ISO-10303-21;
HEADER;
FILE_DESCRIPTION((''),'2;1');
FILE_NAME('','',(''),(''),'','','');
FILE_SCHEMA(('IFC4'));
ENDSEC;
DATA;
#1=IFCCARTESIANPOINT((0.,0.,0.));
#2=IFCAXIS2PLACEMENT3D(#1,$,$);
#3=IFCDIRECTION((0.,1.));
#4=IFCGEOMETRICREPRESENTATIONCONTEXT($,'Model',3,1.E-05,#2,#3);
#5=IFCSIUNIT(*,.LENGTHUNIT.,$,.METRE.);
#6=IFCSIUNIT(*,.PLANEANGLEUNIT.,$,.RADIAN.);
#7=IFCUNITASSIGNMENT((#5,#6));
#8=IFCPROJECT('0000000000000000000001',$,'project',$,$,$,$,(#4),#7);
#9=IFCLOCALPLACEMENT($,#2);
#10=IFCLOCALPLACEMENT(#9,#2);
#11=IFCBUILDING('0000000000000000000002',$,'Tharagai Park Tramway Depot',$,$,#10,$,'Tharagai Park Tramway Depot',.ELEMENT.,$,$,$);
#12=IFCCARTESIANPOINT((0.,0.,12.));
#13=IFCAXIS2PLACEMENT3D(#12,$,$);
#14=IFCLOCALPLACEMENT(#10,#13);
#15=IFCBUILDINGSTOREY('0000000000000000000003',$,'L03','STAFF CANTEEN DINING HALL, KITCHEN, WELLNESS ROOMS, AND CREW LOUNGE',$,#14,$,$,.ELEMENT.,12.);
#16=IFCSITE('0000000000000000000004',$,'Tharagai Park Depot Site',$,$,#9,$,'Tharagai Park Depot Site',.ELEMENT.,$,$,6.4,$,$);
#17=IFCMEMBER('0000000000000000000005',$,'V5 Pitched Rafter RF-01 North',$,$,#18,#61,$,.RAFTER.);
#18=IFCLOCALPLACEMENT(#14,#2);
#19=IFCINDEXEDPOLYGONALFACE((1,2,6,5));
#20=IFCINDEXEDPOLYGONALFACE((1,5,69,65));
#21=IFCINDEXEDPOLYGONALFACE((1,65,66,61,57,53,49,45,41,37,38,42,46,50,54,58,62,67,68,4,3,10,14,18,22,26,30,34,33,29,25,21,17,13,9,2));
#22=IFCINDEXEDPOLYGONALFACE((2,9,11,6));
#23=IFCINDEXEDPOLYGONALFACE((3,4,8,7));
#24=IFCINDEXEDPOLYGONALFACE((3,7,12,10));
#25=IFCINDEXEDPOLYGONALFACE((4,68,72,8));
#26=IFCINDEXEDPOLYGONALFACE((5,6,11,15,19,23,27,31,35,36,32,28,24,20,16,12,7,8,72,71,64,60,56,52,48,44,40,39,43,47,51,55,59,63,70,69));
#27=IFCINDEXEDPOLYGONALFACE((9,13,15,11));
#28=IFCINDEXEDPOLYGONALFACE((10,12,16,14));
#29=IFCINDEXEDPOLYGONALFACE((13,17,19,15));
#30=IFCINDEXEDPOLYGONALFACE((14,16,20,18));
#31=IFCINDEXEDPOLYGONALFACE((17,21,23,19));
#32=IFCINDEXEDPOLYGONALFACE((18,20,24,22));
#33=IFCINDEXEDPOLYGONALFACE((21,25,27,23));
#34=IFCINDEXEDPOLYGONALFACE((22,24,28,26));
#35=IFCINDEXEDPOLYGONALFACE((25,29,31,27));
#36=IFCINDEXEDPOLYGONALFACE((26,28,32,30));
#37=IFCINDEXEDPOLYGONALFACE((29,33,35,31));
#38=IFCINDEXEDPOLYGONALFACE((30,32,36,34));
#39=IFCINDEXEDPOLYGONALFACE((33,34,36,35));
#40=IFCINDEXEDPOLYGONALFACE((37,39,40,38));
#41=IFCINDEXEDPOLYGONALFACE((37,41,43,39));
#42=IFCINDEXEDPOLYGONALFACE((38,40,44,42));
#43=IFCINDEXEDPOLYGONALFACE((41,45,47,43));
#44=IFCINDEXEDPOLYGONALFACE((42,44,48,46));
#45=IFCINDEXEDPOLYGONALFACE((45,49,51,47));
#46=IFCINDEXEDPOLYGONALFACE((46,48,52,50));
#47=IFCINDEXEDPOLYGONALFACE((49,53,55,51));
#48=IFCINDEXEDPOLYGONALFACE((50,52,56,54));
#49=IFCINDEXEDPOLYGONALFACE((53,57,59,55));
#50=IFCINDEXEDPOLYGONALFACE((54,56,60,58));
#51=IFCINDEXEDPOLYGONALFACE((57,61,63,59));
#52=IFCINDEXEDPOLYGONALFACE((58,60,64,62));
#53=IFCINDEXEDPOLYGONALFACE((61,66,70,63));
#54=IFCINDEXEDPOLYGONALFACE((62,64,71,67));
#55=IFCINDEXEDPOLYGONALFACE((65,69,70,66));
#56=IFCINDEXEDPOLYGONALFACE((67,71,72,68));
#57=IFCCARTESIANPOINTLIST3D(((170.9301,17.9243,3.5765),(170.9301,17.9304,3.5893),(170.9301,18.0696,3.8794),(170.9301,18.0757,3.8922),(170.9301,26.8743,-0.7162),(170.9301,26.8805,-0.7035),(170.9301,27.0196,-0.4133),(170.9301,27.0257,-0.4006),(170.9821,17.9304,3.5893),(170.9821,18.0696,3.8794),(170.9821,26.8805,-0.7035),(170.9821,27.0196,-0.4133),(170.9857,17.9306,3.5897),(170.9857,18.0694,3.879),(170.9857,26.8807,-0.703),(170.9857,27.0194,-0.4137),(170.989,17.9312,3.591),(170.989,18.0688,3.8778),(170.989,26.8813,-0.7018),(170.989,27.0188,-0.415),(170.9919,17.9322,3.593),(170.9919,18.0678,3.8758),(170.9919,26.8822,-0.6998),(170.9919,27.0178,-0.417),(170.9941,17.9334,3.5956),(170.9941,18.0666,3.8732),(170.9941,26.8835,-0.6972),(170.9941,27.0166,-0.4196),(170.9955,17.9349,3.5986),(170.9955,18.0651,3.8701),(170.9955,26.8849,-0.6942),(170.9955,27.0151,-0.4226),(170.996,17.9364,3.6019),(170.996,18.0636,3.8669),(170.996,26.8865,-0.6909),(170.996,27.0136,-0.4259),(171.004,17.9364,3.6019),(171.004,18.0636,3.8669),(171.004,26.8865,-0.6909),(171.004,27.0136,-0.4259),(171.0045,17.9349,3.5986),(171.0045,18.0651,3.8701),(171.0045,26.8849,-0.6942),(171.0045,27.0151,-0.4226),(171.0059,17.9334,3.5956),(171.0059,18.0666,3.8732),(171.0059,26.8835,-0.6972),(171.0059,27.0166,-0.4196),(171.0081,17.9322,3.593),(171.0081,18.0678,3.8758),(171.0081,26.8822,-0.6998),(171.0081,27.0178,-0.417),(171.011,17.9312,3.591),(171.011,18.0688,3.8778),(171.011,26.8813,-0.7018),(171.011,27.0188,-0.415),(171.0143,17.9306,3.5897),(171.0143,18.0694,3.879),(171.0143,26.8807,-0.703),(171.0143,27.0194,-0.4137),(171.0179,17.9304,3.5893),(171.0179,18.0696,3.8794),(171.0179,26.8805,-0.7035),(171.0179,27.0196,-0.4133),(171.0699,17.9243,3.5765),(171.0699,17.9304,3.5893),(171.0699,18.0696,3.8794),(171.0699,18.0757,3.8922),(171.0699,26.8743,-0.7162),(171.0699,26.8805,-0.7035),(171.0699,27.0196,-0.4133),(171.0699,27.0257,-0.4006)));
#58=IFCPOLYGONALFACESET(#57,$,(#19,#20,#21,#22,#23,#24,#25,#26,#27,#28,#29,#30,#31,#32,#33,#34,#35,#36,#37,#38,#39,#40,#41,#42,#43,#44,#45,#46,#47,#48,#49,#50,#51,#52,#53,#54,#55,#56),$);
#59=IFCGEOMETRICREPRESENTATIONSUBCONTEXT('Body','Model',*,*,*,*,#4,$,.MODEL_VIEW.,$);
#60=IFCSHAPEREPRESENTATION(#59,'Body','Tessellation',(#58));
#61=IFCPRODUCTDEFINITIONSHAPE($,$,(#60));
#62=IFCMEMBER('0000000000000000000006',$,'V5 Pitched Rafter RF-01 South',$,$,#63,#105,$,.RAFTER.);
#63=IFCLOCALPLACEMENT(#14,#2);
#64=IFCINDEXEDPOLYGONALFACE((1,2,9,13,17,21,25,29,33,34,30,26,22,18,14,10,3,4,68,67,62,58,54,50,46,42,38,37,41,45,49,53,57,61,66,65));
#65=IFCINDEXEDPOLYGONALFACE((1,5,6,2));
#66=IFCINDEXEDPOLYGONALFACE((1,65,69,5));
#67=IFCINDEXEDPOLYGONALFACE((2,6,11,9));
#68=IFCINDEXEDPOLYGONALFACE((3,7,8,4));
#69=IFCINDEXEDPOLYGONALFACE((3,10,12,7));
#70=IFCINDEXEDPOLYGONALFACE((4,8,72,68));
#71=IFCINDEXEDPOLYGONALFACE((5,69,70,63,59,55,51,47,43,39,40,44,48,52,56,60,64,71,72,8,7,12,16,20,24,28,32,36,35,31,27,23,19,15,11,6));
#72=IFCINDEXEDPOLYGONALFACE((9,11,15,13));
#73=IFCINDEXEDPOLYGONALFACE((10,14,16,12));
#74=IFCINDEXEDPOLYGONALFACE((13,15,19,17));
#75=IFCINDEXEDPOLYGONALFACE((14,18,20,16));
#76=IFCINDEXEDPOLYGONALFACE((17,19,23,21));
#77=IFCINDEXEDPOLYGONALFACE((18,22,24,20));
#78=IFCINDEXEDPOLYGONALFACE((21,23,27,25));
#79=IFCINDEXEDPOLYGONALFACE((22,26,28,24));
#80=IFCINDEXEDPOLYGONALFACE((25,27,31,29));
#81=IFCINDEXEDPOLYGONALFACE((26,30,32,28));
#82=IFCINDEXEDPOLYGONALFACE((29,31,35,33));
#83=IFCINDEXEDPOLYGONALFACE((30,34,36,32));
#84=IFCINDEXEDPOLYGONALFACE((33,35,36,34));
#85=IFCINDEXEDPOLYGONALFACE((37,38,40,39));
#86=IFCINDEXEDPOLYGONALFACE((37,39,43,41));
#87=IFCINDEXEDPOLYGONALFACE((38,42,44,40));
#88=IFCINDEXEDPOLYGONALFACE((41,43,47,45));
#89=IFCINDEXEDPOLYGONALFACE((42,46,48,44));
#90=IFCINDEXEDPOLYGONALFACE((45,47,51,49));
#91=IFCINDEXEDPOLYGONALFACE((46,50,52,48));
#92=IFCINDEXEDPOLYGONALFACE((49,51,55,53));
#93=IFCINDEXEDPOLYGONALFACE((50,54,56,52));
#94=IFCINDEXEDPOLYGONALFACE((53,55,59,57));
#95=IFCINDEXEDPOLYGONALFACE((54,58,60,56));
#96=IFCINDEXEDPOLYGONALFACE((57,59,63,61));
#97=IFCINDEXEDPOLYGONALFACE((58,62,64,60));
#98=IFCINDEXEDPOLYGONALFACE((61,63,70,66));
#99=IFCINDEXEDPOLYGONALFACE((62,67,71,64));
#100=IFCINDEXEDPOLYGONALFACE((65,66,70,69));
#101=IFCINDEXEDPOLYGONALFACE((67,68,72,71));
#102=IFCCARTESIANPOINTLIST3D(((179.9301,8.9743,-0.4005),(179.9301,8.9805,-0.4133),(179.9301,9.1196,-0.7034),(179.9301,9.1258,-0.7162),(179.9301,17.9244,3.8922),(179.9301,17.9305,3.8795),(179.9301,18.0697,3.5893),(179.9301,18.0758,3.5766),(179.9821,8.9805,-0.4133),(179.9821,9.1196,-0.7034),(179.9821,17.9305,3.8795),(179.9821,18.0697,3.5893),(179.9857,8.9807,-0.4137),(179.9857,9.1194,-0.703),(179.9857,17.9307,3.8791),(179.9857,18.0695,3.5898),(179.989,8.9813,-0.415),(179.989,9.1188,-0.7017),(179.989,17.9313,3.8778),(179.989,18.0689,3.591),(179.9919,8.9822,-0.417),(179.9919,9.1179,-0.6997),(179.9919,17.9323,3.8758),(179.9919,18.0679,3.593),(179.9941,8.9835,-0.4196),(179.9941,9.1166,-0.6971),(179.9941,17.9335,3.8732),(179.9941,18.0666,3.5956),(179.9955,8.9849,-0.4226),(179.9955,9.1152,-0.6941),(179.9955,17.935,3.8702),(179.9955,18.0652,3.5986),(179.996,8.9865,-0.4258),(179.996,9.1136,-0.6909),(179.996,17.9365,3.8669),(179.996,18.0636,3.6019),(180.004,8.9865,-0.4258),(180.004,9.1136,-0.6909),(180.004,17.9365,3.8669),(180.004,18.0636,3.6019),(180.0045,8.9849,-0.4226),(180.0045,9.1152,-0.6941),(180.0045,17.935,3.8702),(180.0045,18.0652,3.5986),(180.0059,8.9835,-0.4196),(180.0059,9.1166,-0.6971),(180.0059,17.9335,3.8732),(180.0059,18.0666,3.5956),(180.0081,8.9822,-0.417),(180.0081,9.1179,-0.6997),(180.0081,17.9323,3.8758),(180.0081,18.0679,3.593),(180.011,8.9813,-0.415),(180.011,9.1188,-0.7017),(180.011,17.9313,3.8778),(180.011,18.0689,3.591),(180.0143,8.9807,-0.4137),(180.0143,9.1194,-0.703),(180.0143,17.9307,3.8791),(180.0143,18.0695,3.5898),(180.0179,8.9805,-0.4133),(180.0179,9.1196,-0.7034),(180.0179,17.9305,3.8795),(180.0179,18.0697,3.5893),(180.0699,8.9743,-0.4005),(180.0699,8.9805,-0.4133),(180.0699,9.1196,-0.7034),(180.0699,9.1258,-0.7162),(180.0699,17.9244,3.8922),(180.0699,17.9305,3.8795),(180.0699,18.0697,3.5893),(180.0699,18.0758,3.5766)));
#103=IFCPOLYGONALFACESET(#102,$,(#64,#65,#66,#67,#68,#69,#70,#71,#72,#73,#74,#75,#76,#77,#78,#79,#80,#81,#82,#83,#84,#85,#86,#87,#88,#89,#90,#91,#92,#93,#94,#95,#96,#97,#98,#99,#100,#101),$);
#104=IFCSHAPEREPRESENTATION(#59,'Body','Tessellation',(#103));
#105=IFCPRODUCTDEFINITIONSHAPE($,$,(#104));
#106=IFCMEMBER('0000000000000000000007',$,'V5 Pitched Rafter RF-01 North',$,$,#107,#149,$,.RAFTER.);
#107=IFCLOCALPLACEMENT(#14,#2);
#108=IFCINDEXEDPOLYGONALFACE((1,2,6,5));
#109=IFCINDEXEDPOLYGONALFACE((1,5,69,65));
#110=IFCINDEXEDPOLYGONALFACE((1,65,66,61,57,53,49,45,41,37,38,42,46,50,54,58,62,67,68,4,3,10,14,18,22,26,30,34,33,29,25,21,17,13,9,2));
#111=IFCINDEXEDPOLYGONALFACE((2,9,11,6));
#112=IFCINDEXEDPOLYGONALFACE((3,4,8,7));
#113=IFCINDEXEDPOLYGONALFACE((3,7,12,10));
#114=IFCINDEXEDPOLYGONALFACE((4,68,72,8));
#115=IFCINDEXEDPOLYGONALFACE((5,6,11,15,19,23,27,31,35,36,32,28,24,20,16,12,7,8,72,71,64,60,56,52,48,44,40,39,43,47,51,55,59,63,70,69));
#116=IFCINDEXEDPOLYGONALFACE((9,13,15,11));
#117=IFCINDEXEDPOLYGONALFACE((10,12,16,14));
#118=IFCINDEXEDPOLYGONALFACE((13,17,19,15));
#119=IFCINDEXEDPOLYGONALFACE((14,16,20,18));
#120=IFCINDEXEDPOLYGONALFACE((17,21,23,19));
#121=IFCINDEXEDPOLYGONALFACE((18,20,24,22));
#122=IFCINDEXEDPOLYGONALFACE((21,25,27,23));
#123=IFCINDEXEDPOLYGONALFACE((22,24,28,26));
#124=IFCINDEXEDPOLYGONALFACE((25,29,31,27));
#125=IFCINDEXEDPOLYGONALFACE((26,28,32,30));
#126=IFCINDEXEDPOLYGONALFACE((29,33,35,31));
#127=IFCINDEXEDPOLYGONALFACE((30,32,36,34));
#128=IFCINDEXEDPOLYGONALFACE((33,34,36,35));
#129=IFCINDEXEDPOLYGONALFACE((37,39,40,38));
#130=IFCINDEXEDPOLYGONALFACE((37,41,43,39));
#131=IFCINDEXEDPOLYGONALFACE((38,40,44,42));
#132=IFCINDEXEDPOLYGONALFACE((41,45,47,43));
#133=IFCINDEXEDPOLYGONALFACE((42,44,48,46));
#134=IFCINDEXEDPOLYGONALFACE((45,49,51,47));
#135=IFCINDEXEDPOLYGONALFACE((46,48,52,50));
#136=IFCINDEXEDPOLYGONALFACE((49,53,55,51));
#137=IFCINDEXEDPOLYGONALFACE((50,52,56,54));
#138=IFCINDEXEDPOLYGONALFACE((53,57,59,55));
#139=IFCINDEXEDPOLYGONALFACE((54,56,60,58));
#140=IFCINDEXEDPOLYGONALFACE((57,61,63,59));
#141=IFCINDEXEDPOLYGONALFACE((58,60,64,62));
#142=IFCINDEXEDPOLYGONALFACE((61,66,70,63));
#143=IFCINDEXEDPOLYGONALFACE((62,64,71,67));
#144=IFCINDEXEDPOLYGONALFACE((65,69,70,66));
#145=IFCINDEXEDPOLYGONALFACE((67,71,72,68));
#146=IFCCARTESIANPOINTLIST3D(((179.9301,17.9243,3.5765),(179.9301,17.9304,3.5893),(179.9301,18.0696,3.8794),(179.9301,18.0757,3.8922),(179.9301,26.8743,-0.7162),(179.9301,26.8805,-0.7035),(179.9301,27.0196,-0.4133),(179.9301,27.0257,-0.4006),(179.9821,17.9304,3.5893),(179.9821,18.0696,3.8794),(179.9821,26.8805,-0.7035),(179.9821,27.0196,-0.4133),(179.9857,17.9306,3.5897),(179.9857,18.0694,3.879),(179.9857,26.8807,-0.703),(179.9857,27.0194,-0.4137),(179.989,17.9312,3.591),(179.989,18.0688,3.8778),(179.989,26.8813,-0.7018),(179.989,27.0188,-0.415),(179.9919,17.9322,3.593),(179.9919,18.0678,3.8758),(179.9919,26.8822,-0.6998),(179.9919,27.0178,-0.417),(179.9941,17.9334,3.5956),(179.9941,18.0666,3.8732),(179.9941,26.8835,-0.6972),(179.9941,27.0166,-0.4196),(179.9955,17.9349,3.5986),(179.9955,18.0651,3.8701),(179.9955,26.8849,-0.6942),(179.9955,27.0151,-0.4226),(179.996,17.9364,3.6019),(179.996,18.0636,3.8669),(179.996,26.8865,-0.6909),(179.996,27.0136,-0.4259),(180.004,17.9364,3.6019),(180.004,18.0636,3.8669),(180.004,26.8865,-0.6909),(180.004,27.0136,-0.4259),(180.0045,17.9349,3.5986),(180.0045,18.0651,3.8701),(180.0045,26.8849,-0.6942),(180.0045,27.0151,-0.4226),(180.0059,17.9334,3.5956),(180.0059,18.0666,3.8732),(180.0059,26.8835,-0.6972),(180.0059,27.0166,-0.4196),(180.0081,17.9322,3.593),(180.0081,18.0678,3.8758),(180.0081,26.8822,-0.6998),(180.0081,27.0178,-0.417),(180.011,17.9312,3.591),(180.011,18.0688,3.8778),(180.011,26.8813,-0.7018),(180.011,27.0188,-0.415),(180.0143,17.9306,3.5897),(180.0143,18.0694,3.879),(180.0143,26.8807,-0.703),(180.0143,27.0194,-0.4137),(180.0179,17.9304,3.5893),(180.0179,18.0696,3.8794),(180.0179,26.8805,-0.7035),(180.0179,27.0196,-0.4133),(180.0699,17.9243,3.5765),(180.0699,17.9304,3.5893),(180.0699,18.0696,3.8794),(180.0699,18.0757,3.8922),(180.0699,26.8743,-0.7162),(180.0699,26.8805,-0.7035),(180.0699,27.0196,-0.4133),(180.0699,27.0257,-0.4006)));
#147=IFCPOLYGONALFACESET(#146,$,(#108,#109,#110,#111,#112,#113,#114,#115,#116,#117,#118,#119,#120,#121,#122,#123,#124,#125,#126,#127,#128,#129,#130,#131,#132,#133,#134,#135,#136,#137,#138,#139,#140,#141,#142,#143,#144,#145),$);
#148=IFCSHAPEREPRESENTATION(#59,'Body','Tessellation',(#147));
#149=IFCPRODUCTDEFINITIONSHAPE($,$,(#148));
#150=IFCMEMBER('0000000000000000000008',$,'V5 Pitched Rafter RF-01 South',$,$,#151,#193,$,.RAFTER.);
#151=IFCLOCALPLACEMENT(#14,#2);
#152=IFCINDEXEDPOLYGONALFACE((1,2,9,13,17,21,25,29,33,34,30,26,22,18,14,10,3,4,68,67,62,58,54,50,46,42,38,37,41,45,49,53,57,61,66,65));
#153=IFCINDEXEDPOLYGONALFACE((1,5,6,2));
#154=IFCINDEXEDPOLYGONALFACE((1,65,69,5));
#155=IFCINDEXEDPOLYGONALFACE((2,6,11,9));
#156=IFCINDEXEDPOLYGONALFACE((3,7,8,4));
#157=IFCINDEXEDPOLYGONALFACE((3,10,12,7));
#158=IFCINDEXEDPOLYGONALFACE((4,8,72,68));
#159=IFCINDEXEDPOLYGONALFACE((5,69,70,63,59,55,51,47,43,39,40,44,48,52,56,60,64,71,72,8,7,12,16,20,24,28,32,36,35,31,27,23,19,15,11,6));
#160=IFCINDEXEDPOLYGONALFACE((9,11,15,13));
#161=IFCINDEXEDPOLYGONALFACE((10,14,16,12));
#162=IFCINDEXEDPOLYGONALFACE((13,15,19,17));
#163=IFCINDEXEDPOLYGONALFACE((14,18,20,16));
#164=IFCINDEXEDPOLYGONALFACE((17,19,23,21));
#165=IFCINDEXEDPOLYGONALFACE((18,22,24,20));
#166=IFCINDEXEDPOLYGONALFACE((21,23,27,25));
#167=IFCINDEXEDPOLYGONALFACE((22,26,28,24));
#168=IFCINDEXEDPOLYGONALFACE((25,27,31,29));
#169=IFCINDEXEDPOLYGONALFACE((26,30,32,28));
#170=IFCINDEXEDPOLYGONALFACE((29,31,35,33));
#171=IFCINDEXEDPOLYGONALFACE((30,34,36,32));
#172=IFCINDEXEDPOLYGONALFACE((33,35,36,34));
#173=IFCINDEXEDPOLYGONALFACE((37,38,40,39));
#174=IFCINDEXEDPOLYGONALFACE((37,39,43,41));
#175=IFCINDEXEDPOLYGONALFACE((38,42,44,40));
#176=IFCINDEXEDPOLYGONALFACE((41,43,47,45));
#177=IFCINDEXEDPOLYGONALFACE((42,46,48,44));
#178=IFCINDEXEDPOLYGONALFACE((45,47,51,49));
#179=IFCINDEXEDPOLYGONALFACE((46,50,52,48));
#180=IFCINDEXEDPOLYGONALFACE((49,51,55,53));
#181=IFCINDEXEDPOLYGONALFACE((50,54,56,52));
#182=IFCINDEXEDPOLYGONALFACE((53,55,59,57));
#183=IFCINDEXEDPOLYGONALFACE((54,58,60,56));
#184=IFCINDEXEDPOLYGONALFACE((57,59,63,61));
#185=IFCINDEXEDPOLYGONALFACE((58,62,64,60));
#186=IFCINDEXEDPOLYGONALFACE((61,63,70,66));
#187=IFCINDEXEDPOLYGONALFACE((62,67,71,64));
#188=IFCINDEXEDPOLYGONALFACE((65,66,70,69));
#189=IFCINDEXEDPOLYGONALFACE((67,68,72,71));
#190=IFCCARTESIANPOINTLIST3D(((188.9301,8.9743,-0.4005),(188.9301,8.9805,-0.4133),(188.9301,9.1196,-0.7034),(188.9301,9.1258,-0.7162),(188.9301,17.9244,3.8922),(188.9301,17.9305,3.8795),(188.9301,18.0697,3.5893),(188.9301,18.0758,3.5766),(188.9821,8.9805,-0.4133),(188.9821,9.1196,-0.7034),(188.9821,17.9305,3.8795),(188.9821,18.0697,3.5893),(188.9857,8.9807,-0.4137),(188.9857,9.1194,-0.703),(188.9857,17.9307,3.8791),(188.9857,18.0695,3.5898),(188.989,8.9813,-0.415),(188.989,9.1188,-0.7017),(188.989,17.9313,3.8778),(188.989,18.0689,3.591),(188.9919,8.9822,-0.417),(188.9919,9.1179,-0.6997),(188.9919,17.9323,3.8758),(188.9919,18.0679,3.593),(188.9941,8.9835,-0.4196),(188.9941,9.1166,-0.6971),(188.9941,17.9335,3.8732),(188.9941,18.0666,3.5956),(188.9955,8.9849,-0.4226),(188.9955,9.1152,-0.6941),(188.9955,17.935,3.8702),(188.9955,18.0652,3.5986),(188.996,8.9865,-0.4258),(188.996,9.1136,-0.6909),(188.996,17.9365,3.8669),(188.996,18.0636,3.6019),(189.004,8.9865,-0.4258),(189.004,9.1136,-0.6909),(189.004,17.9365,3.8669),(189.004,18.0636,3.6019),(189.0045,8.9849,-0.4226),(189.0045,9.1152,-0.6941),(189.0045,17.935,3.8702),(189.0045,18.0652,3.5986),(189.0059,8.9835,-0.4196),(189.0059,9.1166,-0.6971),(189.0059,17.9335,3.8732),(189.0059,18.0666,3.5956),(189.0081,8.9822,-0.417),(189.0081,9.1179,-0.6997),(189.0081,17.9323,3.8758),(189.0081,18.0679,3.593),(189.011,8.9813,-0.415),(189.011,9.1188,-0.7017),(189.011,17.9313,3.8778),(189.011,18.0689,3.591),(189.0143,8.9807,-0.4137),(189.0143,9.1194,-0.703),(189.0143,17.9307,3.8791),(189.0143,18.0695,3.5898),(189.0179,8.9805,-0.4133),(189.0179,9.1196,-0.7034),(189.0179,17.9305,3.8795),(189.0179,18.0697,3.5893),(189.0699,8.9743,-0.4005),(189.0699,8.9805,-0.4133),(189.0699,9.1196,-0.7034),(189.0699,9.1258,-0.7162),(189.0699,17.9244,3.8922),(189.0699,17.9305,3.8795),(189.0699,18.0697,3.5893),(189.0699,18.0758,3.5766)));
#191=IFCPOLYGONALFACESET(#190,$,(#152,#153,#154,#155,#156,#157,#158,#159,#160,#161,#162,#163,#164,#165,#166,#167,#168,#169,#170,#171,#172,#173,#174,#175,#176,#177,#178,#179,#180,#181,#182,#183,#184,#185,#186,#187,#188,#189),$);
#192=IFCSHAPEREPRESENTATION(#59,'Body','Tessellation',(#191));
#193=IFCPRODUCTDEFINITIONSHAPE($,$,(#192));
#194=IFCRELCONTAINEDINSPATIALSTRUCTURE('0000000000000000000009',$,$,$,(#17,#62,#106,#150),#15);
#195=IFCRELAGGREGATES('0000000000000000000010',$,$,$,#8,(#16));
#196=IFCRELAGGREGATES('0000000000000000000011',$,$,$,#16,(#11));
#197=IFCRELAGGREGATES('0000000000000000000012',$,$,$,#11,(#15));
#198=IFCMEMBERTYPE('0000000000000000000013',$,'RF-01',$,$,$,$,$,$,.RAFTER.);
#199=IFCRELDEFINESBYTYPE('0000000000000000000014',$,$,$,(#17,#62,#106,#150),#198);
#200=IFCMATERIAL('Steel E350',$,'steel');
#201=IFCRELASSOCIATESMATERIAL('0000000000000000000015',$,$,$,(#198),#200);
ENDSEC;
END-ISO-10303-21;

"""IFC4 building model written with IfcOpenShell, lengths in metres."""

from ifc_helpers import new_model, si_unit, direction, frame, origin, origin_2d, place, context, subcontext, project, spatial, i_section, extrude, material, material_profile, profile_set, type_object, element, save


model = new_model("IFC4")

# Units and contexts
model_context = context("Model", 3, precision=1e-05, world=origin(), true_north=direction((0.0, 1.0)))
body_context = subcontext(model_context, "Body", "Model", "MODEL_VIEW")
ifc_project = project(units=[si_unit("LENGTHUNIT", "METRE"), si_unit("PLANEANGLEUNIT", "RADIAN")], contexts=[model_context])

# Site, building, storey
site_placement = place(None, origin())
site = spatial("IfcSite", under=ifc_project, at=site_placement, Name="Tharagai Park Depot Site", LongName="Tharagai Park Depot Site", CompositionType="ELEMENT", RefElevation=6.4)
building_placement = place(site_placement, origin())
building = spatial("IfcBuilding", under=site, at=building_placement, Name="Tharagai Park Tramway Depot", LongName="Tharagai Park Tramway Depot", CompositionType="ELEMENT")
storey_placement = place(building_placement, frame((0.0, 0.0, 12.0)))
storey = spatial("IfcBuildingStorey", under=building, at=storey_placement, Name="L03", Description="STAFF CANTEEN DINING HALL, KITCHEN, WELLNESS ROOMS, AND CREW LOUNGE", CompositionType="ELEMENT", Elevation=12.0)

# Shared definitions
ifc_material_1 = material(Name="Steel E350", Category="steel")

# Members
ifc_material_profile_1 = material_profile(ifc_material_1, i_section(OverallWidth=0.1399, OverallDepth=0.3501, WebThickness=0.0081, FlangeThickness=0.0142, FilletRadius=0.0139, at=origin_2d()), Name="ISMB 350")
ifc_profile_set_1 = profile_set([ifc_material_profile_1], Name="Steel E350")
member_type_1 = type_object("IfcMemberType", Name="RF-01", PredefinedType="RAFTER", material=ifc_profile_set_1)
for number, where, z_axis, x_axis, name in (
    (1, (171.0, 18.0, 3.7344), (0.0, 0.901651, -0.432465), (-1.0, 0.0, 0.0), "V5 Pitched Rafter RF-01 North"),
    (2, (180.0, 9.05, -0.5583), (0.0, 0.901651, 0.432465), (-1.0, 0.0, 0.0), "V5 Pitched Rafter RF-01 South"),
    (3, (180.0, 18.0, 3.7344), (0.0, 0.901651, -0.432465), (-1.0, 0.0, 0.0), "V5 Pitched Rafter RF-01 North"),
    (4, (189.0, 9.05, -0.5583), (0.0, 0.901651, 0.432465), (-1.0, 0.0, 0.0), "V5 Pitched Rafter RF-01 South"),
):
    element("IfcMember", number, at=place(storey_placement, frame(where, z_axis=z_axis, x_axis=x_axis)), inside=storey, type_object=member_type_1, Name=name, PredefinedType="RAFTER", context=body_context, shape_type="SweptSolid", body=[
        extrude(i_section(OverallWidth=0.1399, OverallDepth=0.3501, WebThickness=0.0081, FlangeThickness=0.0142, FilletRadius=0.0139, at=origin_2d()), origin(), (0.0, 0.0, 1.0), 9.9263),
    ])

save(model, "model.ifc")
